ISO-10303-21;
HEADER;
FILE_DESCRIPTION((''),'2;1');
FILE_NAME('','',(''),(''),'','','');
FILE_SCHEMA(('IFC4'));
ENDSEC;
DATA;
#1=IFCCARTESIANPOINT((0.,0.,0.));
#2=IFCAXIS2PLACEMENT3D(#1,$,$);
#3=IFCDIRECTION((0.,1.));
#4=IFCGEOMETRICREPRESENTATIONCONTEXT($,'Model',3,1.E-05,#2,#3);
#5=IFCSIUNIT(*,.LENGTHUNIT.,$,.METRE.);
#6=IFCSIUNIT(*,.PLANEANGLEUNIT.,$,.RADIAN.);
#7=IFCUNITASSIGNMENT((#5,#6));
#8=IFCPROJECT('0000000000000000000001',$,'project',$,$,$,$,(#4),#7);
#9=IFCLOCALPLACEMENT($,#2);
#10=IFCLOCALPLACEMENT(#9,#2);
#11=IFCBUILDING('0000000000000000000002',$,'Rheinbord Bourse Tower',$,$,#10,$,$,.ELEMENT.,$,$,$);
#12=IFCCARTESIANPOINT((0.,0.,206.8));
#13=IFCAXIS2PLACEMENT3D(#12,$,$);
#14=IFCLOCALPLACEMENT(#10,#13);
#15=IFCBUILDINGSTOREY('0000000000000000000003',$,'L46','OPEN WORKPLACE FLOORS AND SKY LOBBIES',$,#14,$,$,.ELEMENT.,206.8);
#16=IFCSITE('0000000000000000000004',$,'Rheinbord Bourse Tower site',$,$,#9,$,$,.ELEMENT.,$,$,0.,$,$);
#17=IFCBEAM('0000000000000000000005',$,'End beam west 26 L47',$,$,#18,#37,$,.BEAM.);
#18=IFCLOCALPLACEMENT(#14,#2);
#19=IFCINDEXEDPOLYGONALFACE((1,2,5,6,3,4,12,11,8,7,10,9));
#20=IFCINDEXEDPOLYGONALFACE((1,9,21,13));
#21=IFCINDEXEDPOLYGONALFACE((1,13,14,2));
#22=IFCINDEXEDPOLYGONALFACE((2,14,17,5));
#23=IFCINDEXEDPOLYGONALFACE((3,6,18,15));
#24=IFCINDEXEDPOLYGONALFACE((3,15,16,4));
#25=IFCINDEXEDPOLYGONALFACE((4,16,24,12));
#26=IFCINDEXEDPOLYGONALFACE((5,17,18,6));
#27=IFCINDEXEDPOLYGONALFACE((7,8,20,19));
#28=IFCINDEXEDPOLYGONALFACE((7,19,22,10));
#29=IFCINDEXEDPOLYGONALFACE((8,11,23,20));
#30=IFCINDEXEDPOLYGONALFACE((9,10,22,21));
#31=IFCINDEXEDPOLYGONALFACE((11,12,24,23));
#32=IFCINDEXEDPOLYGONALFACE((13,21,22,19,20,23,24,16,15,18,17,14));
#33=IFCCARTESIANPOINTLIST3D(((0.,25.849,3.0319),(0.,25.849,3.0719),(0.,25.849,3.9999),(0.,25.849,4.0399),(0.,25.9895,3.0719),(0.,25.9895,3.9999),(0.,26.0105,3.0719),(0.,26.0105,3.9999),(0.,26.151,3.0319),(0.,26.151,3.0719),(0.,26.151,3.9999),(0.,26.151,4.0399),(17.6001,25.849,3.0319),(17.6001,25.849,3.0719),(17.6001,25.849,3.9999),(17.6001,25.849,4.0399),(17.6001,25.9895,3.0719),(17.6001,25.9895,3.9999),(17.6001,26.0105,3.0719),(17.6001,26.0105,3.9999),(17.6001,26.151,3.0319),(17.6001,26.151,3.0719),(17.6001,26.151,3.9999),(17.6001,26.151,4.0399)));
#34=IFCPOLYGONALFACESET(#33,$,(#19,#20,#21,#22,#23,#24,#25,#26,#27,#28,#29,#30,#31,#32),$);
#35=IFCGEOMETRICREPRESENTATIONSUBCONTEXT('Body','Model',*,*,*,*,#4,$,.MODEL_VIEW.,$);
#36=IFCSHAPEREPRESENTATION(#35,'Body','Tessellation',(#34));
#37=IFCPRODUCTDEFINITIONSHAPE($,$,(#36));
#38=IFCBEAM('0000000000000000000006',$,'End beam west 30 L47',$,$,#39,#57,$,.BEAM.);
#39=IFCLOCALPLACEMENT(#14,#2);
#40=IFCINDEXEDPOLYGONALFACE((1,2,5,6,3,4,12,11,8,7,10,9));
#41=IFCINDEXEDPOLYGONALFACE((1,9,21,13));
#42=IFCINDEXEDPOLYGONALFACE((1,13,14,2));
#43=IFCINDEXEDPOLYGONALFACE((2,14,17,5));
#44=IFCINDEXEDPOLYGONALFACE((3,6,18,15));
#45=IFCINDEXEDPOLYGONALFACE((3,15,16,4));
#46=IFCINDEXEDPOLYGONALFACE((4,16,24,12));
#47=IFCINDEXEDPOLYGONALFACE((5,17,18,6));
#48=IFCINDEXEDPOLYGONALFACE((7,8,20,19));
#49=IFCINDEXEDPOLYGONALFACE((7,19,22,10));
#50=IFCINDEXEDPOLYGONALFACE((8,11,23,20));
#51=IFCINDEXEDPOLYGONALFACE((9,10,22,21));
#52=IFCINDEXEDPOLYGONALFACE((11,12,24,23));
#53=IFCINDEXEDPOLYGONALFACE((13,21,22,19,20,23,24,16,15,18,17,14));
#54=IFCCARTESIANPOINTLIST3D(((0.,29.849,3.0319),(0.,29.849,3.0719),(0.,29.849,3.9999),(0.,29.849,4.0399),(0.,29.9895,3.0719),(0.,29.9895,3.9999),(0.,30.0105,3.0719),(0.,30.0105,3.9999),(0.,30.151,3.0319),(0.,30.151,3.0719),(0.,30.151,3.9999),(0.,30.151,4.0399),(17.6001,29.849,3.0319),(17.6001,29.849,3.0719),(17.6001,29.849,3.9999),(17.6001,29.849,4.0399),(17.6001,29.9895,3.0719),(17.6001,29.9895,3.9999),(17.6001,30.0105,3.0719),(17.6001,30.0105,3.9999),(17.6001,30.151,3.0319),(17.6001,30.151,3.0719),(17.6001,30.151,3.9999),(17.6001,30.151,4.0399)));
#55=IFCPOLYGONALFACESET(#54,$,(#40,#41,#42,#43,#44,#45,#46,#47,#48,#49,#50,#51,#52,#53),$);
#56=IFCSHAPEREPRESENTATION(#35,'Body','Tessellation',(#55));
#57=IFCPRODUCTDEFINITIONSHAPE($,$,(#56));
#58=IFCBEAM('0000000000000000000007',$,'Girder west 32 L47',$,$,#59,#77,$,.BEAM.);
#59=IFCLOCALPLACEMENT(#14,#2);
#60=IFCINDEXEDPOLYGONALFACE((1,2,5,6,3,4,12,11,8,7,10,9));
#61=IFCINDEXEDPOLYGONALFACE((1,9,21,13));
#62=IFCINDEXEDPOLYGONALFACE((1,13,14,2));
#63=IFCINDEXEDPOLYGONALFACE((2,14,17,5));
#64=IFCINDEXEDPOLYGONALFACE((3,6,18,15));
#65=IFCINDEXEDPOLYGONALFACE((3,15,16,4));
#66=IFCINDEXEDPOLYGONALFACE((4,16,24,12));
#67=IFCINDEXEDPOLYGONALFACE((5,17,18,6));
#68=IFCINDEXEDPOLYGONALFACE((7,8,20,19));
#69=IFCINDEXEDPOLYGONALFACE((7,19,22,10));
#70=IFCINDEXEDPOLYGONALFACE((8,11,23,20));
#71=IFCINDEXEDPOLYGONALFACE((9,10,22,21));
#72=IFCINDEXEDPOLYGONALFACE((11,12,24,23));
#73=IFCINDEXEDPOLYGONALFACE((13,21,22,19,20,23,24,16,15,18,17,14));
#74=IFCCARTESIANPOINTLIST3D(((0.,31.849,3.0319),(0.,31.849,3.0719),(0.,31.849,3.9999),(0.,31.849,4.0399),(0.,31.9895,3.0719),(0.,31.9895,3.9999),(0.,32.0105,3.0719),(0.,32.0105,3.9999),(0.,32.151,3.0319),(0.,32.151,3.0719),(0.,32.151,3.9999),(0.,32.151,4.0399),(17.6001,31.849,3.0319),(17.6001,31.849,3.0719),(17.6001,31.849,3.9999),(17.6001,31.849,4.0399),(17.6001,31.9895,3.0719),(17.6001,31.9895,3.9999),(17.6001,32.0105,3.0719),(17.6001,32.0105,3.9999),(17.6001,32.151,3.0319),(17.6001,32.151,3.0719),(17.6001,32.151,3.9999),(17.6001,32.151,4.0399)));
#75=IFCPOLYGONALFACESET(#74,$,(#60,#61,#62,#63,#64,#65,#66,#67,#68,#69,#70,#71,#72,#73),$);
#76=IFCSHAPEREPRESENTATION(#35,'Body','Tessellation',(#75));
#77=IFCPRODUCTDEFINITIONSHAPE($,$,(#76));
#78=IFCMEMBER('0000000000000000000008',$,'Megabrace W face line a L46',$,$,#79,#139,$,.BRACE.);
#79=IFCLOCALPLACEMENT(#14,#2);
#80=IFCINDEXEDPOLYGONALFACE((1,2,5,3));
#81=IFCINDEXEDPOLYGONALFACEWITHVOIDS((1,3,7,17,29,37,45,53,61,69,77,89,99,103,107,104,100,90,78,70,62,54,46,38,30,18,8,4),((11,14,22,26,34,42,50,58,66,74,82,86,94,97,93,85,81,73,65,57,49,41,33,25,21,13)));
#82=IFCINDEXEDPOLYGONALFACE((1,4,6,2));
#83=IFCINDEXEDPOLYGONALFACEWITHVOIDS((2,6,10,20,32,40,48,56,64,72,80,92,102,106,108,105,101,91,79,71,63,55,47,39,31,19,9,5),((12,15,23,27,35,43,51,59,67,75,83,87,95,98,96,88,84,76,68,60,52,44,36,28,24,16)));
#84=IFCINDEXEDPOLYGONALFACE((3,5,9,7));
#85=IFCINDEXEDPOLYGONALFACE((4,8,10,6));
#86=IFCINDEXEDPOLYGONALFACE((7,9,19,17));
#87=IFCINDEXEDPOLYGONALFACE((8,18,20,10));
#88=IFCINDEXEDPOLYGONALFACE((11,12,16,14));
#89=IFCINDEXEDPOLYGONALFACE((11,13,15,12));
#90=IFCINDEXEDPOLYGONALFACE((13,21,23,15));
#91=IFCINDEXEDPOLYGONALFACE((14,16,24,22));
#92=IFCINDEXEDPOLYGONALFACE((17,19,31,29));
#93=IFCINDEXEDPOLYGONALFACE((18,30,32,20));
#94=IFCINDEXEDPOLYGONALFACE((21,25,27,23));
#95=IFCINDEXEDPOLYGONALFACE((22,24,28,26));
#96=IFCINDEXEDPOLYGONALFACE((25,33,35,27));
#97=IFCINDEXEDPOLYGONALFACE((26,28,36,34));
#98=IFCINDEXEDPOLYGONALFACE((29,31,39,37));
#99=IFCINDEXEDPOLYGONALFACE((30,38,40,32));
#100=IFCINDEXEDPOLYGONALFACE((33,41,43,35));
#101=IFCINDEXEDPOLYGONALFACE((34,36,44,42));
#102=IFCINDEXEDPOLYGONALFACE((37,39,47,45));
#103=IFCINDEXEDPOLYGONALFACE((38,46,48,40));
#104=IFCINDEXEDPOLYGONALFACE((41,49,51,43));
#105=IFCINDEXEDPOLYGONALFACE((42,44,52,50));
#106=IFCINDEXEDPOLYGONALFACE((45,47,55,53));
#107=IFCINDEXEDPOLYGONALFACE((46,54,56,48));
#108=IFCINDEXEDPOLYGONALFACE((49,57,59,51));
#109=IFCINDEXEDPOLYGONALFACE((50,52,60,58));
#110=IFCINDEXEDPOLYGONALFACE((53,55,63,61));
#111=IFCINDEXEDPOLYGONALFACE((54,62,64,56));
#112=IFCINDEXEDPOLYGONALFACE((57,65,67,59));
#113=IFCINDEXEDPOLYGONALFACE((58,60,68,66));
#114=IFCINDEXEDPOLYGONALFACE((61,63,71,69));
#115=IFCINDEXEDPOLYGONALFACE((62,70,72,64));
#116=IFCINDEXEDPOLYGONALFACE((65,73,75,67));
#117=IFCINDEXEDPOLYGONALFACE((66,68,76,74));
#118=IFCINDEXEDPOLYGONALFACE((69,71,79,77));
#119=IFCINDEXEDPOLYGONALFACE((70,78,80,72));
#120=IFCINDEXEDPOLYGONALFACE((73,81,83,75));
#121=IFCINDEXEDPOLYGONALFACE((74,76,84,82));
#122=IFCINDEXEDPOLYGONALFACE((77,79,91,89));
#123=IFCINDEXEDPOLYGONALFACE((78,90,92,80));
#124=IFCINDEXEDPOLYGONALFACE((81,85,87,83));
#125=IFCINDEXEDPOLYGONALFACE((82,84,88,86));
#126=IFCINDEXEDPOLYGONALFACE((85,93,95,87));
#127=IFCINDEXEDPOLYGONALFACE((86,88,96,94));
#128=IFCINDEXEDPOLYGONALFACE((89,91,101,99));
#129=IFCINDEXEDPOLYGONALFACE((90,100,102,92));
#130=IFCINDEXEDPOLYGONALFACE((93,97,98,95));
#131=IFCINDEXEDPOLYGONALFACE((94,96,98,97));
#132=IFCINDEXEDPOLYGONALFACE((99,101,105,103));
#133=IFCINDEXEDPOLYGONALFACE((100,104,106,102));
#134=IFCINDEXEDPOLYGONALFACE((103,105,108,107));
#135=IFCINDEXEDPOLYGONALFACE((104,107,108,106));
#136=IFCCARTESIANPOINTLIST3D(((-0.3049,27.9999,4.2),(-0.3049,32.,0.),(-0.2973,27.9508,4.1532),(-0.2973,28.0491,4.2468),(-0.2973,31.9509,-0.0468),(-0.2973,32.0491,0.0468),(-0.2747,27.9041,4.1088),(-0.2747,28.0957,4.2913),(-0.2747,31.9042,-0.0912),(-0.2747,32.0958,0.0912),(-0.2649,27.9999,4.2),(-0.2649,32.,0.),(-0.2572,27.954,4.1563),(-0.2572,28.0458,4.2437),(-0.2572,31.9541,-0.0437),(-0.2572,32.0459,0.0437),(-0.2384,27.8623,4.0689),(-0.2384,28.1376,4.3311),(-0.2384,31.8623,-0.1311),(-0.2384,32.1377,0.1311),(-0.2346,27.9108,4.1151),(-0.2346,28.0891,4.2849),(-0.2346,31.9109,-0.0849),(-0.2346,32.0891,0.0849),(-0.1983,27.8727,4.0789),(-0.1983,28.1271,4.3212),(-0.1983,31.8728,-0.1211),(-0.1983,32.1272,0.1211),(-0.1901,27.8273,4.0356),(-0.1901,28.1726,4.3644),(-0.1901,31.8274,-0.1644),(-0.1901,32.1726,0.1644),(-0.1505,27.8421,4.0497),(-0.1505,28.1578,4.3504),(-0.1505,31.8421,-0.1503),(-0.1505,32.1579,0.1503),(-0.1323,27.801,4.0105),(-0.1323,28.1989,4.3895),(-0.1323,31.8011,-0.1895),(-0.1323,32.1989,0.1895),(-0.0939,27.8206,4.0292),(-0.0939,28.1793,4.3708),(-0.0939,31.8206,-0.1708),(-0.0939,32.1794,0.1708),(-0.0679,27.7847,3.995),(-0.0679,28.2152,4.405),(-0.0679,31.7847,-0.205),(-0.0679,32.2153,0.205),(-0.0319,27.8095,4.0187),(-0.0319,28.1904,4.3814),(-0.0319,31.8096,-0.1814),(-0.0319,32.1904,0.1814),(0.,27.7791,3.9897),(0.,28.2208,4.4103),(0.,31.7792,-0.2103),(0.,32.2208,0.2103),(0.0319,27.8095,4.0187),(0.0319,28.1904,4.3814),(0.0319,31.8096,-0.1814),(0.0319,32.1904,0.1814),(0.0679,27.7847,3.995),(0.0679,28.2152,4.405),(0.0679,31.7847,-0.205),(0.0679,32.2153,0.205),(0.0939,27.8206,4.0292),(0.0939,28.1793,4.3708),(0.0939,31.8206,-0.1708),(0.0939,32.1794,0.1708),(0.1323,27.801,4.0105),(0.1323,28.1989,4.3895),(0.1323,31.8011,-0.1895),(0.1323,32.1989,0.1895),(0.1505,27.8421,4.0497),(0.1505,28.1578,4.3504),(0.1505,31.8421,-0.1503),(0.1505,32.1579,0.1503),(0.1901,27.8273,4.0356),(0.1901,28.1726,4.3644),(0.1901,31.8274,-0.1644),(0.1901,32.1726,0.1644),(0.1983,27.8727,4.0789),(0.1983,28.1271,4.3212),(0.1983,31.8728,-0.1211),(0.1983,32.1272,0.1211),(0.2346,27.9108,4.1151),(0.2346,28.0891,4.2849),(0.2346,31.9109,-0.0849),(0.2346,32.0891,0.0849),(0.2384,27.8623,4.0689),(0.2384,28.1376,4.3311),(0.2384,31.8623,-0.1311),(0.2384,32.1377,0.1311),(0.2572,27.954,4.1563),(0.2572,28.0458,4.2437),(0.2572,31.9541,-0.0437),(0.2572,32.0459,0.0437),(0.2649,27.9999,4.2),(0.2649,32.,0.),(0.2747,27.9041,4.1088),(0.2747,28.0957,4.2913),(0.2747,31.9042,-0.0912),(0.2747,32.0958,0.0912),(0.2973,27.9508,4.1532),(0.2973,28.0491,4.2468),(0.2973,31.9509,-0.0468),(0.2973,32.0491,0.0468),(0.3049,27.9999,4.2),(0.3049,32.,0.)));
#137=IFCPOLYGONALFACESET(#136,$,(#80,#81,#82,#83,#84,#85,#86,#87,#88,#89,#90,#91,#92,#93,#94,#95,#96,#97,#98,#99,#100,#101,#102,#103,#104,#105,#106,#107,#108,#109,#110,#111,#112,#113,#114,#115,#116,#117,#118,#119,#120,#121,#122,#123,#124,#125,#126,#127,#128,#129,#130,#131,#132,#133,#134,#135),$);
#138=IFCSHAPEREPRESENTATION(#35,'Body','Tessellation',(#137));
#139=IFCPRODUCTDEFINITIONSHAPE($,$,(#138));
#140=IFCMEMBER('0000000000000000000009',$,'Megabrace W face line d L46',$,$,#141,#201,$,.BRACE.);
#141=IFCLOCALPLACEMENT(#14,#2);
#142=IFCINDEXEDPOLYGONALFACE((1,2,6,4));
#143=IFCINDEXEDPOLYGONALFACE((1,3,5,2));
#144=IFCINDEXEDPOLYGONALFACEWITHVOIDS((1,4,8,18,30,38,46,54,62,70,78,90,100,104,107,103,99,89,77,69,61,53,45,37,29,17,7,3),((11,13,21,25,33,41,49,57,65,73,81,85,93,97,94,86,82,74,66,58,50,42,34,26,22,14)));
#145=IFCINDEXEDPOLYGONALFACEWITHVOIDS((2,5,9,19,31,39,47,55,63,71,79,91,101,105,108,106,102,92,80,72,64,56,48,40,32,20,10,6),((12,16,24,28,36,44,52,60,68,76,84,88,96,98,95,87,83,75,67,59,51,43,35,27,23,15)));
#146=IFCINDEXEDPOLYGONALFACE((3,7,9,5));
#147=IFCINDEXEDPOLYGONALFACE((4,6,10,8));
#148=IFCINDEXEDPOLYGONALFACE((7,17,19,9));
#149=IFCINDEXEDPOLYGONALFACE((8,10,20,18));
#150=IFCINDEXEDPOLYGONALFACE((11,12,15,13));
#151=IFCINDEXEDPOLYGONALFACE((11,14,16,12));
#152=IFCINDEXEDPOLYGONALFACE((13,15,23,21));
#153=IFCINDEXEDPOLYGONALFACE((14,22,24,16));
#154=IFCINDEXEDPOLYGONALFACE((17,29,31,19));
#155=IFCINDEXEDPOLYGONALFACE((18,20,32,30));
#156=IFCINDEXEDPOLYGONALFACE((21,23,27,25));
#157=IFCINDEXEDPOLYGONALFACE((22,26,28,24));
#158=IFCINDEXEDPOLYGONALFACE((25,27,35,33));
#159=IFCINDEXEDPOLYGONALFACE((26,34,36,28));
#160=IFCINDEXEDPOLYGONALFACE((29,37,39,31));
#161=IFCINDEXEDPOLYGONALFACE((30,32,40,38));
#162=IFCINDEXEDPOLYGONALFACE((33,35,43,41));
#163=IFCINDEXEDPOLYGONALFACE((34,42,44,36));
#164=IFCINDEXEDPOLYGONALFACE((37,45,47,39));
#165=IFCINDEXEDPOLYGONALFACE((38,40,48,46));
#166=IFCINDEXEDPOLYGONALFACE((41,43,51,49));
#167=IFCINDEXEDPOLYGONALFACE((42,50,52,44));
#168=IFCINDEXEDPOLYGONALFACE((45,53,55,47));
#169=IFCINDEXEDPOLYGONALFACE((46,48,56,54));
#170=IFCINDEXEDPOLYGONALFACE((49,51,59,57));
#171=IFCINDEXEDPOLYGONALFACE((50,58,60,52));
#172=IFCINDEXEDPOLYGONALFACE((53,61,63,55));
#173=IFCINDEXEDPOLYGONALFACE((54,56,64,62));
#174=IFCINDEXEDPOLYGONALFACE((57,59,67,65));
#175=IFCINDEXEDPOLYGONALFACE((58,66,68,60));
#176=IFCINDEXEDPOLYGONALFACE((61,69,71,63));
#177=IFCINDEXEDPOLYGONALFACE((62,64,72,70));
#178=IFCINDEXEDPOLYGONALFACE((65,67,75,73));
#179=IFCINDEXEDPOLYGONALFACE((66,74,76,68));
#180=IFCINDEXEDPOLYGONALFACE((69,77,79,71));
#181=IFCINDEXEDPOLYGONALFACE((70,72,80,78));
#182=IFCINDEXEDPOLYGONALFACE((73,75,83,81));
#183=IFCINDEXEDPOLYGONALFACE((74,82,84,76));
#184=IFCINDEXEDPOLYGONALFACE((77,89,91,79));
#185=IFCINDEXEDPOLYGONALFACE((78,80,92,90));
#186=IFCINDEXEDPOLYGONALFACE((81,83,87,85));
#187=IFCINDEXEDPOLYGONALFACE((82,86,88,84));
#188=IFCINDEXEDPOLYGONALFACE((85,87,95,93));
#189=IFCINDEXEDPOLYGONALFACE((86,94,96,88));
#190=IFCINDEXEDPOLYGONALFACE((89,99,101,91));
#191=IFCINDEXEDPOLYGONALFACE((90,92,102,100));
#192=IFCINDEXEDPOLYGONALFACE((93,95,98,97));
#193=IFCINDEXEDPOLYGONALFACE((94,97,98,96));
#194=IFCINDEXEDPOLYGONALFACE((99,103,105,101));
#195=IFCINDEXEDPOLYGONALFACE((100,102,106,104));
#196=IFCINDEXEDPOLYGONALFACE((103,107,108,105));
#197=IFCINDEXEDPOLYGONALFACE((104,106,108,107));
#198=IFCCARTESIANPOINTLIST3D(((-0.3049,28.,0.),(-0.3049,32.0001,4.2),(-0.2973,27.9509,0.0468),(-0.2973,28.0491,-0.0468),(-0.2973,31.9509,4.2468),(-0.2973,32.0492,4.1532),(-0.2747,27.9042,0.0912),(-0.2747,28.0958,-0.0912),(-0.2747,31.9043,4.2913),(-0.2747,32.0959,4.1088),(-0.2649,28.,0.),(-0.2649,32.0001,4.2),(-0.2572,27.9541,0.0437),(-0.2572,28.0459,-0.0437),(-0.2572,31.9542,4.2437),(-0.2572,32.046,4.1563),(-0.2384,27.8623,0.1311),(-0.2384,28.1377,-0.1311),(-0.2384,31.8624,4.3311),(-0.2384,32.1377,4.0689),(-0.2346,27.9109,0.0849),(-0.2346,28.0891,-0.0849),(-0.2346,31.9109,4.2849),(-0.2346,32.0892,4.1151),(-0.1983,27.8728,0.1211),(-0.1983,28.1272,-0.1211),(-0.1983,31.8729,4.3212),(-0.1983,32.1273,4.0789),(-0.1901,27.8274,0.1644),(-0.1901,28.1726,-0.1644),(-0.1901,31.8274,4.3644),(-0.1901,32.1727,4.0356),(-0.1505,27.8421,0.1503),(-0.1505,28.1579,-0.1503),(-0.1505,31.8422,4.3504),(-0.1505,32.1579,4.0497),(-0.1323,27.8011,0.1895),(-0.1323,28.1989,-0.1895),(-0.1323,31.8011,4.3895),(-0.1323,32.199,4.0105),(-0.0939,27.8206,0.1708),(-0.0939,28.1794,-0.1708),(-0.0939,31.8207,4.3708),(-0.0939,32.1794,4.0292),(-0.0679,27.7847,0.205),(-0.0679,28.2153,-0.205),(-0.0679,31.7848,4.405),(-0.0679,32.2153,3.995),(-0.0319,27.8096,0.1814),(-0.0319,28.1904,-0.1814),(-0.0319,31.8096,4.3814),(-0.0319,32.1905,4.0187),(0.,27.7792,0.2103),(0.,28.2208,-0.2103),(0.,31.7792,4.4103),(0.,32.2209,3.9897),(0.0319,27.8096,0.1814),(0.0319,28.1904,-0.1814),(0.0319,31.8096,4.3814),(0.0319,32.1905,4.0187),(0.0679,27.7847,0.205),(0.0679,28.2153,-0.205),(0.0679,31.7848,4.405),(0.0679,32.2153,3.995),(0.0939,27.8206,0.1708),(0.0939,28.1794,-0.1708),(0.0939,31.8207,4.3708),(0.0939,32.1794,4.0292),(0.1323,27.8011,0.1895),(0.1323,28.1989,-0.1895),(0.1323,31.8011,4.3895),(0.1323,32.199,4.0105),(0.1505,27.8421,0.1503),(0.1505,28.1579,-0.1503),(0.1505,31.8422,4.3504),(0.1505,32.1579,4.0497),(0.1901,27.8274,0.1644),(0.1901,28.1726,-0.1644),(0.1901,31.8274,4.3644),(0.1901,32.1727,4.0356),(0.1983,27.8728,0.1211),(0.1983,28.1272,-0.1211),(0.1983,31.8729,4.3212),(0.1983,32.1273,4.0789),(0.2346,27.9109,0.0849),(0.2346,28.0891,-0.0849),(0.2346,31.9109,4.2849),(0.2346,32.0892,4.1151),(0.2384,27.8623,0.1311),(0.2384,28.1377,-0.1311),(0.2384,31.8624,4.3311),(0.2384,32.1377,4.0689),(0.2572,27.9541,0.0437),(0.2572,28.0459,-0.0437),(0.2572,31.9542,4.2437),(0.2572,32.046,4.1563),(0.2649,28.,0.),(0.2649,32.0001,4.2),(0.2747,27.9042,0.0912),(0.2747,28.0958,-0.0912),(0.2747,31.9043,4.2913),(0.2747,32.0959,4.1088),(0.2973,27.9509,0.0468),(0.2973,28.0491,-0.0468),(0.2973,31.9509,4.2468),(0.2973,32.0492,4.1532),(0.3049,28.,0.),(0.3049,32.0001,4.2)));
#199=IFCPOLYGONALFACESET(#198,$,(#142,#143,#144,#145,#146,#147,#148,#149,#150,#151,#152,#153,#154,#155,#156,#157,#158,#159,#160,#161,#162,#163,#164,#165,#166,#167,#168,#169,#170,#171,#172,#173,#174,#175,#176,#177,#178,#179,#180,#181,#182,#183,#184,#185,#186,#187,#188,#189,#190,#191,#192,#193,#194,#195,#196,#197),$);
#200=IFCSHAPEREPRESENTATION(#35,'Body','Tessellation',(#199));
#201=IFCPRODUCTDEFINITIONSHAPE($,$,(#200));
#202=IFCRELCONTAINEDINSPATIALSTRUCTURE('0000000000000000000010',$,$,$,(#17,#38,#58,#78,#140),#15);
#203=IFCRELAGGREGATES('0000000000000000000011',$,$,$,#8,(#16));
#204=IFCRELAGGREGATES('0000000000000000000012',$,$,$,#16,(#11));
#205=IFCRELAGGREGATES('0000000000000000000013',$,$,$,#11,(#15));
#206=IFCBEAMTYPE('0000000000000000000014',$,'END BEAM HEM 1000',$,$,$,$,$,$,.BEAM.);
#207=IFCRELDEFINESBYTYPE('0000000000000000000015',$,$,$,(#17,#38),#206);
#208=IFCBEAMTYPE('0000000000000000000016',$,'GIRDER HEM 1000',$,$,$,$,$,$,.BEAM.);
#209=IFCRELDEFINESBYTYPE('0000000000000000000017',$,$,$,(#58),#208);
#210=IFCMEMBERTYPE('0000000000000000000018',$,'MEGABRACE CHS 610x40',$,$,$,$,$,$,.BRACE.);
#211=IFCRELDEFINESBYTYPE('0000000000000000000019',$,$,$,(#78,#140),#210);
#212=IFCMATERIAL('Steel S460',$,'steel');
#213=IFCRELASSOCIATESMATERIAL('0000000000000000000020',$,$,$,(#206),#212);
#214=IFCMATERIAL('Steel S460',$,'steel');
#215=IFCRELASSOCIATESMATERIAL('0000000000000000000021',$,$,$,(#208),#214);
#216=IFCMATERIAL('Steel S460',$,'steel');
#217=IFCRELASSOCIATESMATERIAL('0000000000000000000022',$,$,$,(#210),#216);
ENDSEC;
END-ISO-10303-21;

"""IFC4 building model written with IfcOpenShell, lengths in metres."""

from ifc_helpers import new_model, si_unit, direction, frame, origin, origin_2d, place, context, subcontext, project, spatial, hollow_circle, i_section, extrude, material, material_profile, profile_set, type_object, element, save


model = new_model("IFC4")

# Units and contexts
model_context = context("Model", 3, precision=1e-05, world=origin(), true_north=direction((0.0, 1.0)))
body_context = subcontext(model_context, "Body", "Model", "MODEL_VIEW")
ifc_project = project(units=[si_unit("LENGTHUNIT", "METRE"), si_unit("PLANEANGLEUNIT", "RADIAN")], contexts=[model_context])

# Site, building, storey
site_placement = place(None, origin())
site = spatial("IfcSite", under=ifc_project, at=site_placement, Name="Rheinbord Bourse Tower site", CompositionType="ELEMENT", RefElevation=0.0)
building_placement = place(site_placement, origin())
building = spatial("IfcBuilding", under=site, at=building_placement, Name="Rheinbord Bourse Tower", CompositionType="ELEMENT")
storey_placement = place(building_placement, frame((0.0, 0.0, 206.8)))
storey = spatial("IfcBuildingStorey", under=building, at=storey_placement, Name="L46", Description="OPEN WORKPLACE FLOORS AND SKY LOBBIES", CompositionType="ELEMENT", Elevation=206.8)

# Beams
ifc_material_1 = material(Name="Steel S460", Category="steel")
ifc_material_profile_1 = material_profile(ifc_material_1, i_section(OverallWidth=0.302, OverallDepth=1.0081, WebThickness=0.021, FlangeThickness=0.04, at=origin_2d()), Name="HEM 1000")
ifc_profile_set_1 = profile_set([ifc_material_profile_1], Name="Steel S460")
beam_type_1 = type_object("IfcBeamType", Name="END BEAM HEM 1000", PredefinedType="BEAM", material=ifc_profile_set_1)
for number, where, z_axis, x_axis, name in (
    (1, (0.0, 26.0, 3.5359), (1.0, 0.0, 0.0), (0.0, 1.0, 0.0), "End beam west 26 L47"),
    (2, (0.0, 30.0, 3.5359), (1.0, 0.0, 0.0), (0.0, 1.0, 0.0), "End beam west 30 L47"),
):
    element("IfcBeam", number, at=place(storey_placement, frame(where, z_axis=z_axis, x_axis=x_axis)), inside=storey, type_object=beam_type_1, Name=name, PredefinedType="BEAM", context=body_context, shape_type="SweptSolid", body=[
        extrude(i_section(OverallWidth=0.302, OverallDepth=1.0081, WebThickness=0.021, FlangeThickness=0.04, at=origin_2d()), origin(), (0.0, 0.0, 1.0), 17.6001),
    ])
ifc_material_2 = material(Name="Steel S460", Category="steel")
ifc_material_profile_2 = material_profile(ifc_material_2, i_section(OverallWidth=0.302, OverallDepth=1.0081, WebThickness=0.021, FlangeThickness=0.04, at=origin_2d()), Name="HEM 1000")
ifc_profile_set_2 = profile_set([ifc_material_profile_2], Name="Steel S460")
beam_type_2 = type_object("IfcBeamType", Name="GIRDER HEM 1000", PredefinedType="BEAM", material=ifc_profile_set_2)
beam_1_placement = place(storey_placement, frame((0.0, 32.0, 3.5359), z_axis=(1.0, 0.0, 0.0), x_axis=(0.0, 1.0, 0.0)))
element("IfcBeam", 3, at=beam_1_placement, inside=storey, type_object=beam_type_2, Name="Girder west 32 L47", PredefinedType="BEAM", context=body_context, shape_type="SweptSolid", body=[
    extrude(i_section(OverallWidth=0.302, OverallDepth=1.0081, WebThickness=0.021, FlangeThickness=0.04, at=origin_2d()), origin(), (0.0, 0.0, 1.0), 17.6001),
])

# Members
ifc_material_3 = material(Name="Steel S460", Category="steel")
ifc_material_profile_3 = material_profile(ifc_material_3, hollow_circle(Radius=0.3049, WallThickness=0.04, at=origin_2d()), Name="CHS 610x40")
ifc_profile_set_3 = profile_set([ifc_material_profile_3], Name="Steel S460")
member_type_1 = type_object("IfcMemberType", Name="MEGABRACE CHS 610x40", PredefinedType="BRACE", material=ifc_profile_set_3)
for number, where, z_axis, x_axis, name in (
    (4, (0.0, 32.0, 0.0), (0.0, -0.689659, 0.724134), (1.0, 0.0, 0.0), "Megabrace W face line a L46"),
    (5, (0.0, 28.0, 0.0), (0.0, 0.689659, 0.724134), (-1.0, 0.0, 0.0), "Megabrace W face line d L46"),
):
    element("IfcMember", number, at=place(storey_placement, frame(where, z_axis=z_axis, x_axis=x_axis)), inside=storey, type_object=member_type_1, Name=name, PredefinedType="BRACE", context=body_context, shape_type="SweptSolid", body=[
        extrude(hollow_circle(Radius=0.3049, WallThickness=0.04, at=origin_2d()), origin(), (0.0, 0.0, 1.0), 5.8),
    ])

save(model, "model.ifc")
